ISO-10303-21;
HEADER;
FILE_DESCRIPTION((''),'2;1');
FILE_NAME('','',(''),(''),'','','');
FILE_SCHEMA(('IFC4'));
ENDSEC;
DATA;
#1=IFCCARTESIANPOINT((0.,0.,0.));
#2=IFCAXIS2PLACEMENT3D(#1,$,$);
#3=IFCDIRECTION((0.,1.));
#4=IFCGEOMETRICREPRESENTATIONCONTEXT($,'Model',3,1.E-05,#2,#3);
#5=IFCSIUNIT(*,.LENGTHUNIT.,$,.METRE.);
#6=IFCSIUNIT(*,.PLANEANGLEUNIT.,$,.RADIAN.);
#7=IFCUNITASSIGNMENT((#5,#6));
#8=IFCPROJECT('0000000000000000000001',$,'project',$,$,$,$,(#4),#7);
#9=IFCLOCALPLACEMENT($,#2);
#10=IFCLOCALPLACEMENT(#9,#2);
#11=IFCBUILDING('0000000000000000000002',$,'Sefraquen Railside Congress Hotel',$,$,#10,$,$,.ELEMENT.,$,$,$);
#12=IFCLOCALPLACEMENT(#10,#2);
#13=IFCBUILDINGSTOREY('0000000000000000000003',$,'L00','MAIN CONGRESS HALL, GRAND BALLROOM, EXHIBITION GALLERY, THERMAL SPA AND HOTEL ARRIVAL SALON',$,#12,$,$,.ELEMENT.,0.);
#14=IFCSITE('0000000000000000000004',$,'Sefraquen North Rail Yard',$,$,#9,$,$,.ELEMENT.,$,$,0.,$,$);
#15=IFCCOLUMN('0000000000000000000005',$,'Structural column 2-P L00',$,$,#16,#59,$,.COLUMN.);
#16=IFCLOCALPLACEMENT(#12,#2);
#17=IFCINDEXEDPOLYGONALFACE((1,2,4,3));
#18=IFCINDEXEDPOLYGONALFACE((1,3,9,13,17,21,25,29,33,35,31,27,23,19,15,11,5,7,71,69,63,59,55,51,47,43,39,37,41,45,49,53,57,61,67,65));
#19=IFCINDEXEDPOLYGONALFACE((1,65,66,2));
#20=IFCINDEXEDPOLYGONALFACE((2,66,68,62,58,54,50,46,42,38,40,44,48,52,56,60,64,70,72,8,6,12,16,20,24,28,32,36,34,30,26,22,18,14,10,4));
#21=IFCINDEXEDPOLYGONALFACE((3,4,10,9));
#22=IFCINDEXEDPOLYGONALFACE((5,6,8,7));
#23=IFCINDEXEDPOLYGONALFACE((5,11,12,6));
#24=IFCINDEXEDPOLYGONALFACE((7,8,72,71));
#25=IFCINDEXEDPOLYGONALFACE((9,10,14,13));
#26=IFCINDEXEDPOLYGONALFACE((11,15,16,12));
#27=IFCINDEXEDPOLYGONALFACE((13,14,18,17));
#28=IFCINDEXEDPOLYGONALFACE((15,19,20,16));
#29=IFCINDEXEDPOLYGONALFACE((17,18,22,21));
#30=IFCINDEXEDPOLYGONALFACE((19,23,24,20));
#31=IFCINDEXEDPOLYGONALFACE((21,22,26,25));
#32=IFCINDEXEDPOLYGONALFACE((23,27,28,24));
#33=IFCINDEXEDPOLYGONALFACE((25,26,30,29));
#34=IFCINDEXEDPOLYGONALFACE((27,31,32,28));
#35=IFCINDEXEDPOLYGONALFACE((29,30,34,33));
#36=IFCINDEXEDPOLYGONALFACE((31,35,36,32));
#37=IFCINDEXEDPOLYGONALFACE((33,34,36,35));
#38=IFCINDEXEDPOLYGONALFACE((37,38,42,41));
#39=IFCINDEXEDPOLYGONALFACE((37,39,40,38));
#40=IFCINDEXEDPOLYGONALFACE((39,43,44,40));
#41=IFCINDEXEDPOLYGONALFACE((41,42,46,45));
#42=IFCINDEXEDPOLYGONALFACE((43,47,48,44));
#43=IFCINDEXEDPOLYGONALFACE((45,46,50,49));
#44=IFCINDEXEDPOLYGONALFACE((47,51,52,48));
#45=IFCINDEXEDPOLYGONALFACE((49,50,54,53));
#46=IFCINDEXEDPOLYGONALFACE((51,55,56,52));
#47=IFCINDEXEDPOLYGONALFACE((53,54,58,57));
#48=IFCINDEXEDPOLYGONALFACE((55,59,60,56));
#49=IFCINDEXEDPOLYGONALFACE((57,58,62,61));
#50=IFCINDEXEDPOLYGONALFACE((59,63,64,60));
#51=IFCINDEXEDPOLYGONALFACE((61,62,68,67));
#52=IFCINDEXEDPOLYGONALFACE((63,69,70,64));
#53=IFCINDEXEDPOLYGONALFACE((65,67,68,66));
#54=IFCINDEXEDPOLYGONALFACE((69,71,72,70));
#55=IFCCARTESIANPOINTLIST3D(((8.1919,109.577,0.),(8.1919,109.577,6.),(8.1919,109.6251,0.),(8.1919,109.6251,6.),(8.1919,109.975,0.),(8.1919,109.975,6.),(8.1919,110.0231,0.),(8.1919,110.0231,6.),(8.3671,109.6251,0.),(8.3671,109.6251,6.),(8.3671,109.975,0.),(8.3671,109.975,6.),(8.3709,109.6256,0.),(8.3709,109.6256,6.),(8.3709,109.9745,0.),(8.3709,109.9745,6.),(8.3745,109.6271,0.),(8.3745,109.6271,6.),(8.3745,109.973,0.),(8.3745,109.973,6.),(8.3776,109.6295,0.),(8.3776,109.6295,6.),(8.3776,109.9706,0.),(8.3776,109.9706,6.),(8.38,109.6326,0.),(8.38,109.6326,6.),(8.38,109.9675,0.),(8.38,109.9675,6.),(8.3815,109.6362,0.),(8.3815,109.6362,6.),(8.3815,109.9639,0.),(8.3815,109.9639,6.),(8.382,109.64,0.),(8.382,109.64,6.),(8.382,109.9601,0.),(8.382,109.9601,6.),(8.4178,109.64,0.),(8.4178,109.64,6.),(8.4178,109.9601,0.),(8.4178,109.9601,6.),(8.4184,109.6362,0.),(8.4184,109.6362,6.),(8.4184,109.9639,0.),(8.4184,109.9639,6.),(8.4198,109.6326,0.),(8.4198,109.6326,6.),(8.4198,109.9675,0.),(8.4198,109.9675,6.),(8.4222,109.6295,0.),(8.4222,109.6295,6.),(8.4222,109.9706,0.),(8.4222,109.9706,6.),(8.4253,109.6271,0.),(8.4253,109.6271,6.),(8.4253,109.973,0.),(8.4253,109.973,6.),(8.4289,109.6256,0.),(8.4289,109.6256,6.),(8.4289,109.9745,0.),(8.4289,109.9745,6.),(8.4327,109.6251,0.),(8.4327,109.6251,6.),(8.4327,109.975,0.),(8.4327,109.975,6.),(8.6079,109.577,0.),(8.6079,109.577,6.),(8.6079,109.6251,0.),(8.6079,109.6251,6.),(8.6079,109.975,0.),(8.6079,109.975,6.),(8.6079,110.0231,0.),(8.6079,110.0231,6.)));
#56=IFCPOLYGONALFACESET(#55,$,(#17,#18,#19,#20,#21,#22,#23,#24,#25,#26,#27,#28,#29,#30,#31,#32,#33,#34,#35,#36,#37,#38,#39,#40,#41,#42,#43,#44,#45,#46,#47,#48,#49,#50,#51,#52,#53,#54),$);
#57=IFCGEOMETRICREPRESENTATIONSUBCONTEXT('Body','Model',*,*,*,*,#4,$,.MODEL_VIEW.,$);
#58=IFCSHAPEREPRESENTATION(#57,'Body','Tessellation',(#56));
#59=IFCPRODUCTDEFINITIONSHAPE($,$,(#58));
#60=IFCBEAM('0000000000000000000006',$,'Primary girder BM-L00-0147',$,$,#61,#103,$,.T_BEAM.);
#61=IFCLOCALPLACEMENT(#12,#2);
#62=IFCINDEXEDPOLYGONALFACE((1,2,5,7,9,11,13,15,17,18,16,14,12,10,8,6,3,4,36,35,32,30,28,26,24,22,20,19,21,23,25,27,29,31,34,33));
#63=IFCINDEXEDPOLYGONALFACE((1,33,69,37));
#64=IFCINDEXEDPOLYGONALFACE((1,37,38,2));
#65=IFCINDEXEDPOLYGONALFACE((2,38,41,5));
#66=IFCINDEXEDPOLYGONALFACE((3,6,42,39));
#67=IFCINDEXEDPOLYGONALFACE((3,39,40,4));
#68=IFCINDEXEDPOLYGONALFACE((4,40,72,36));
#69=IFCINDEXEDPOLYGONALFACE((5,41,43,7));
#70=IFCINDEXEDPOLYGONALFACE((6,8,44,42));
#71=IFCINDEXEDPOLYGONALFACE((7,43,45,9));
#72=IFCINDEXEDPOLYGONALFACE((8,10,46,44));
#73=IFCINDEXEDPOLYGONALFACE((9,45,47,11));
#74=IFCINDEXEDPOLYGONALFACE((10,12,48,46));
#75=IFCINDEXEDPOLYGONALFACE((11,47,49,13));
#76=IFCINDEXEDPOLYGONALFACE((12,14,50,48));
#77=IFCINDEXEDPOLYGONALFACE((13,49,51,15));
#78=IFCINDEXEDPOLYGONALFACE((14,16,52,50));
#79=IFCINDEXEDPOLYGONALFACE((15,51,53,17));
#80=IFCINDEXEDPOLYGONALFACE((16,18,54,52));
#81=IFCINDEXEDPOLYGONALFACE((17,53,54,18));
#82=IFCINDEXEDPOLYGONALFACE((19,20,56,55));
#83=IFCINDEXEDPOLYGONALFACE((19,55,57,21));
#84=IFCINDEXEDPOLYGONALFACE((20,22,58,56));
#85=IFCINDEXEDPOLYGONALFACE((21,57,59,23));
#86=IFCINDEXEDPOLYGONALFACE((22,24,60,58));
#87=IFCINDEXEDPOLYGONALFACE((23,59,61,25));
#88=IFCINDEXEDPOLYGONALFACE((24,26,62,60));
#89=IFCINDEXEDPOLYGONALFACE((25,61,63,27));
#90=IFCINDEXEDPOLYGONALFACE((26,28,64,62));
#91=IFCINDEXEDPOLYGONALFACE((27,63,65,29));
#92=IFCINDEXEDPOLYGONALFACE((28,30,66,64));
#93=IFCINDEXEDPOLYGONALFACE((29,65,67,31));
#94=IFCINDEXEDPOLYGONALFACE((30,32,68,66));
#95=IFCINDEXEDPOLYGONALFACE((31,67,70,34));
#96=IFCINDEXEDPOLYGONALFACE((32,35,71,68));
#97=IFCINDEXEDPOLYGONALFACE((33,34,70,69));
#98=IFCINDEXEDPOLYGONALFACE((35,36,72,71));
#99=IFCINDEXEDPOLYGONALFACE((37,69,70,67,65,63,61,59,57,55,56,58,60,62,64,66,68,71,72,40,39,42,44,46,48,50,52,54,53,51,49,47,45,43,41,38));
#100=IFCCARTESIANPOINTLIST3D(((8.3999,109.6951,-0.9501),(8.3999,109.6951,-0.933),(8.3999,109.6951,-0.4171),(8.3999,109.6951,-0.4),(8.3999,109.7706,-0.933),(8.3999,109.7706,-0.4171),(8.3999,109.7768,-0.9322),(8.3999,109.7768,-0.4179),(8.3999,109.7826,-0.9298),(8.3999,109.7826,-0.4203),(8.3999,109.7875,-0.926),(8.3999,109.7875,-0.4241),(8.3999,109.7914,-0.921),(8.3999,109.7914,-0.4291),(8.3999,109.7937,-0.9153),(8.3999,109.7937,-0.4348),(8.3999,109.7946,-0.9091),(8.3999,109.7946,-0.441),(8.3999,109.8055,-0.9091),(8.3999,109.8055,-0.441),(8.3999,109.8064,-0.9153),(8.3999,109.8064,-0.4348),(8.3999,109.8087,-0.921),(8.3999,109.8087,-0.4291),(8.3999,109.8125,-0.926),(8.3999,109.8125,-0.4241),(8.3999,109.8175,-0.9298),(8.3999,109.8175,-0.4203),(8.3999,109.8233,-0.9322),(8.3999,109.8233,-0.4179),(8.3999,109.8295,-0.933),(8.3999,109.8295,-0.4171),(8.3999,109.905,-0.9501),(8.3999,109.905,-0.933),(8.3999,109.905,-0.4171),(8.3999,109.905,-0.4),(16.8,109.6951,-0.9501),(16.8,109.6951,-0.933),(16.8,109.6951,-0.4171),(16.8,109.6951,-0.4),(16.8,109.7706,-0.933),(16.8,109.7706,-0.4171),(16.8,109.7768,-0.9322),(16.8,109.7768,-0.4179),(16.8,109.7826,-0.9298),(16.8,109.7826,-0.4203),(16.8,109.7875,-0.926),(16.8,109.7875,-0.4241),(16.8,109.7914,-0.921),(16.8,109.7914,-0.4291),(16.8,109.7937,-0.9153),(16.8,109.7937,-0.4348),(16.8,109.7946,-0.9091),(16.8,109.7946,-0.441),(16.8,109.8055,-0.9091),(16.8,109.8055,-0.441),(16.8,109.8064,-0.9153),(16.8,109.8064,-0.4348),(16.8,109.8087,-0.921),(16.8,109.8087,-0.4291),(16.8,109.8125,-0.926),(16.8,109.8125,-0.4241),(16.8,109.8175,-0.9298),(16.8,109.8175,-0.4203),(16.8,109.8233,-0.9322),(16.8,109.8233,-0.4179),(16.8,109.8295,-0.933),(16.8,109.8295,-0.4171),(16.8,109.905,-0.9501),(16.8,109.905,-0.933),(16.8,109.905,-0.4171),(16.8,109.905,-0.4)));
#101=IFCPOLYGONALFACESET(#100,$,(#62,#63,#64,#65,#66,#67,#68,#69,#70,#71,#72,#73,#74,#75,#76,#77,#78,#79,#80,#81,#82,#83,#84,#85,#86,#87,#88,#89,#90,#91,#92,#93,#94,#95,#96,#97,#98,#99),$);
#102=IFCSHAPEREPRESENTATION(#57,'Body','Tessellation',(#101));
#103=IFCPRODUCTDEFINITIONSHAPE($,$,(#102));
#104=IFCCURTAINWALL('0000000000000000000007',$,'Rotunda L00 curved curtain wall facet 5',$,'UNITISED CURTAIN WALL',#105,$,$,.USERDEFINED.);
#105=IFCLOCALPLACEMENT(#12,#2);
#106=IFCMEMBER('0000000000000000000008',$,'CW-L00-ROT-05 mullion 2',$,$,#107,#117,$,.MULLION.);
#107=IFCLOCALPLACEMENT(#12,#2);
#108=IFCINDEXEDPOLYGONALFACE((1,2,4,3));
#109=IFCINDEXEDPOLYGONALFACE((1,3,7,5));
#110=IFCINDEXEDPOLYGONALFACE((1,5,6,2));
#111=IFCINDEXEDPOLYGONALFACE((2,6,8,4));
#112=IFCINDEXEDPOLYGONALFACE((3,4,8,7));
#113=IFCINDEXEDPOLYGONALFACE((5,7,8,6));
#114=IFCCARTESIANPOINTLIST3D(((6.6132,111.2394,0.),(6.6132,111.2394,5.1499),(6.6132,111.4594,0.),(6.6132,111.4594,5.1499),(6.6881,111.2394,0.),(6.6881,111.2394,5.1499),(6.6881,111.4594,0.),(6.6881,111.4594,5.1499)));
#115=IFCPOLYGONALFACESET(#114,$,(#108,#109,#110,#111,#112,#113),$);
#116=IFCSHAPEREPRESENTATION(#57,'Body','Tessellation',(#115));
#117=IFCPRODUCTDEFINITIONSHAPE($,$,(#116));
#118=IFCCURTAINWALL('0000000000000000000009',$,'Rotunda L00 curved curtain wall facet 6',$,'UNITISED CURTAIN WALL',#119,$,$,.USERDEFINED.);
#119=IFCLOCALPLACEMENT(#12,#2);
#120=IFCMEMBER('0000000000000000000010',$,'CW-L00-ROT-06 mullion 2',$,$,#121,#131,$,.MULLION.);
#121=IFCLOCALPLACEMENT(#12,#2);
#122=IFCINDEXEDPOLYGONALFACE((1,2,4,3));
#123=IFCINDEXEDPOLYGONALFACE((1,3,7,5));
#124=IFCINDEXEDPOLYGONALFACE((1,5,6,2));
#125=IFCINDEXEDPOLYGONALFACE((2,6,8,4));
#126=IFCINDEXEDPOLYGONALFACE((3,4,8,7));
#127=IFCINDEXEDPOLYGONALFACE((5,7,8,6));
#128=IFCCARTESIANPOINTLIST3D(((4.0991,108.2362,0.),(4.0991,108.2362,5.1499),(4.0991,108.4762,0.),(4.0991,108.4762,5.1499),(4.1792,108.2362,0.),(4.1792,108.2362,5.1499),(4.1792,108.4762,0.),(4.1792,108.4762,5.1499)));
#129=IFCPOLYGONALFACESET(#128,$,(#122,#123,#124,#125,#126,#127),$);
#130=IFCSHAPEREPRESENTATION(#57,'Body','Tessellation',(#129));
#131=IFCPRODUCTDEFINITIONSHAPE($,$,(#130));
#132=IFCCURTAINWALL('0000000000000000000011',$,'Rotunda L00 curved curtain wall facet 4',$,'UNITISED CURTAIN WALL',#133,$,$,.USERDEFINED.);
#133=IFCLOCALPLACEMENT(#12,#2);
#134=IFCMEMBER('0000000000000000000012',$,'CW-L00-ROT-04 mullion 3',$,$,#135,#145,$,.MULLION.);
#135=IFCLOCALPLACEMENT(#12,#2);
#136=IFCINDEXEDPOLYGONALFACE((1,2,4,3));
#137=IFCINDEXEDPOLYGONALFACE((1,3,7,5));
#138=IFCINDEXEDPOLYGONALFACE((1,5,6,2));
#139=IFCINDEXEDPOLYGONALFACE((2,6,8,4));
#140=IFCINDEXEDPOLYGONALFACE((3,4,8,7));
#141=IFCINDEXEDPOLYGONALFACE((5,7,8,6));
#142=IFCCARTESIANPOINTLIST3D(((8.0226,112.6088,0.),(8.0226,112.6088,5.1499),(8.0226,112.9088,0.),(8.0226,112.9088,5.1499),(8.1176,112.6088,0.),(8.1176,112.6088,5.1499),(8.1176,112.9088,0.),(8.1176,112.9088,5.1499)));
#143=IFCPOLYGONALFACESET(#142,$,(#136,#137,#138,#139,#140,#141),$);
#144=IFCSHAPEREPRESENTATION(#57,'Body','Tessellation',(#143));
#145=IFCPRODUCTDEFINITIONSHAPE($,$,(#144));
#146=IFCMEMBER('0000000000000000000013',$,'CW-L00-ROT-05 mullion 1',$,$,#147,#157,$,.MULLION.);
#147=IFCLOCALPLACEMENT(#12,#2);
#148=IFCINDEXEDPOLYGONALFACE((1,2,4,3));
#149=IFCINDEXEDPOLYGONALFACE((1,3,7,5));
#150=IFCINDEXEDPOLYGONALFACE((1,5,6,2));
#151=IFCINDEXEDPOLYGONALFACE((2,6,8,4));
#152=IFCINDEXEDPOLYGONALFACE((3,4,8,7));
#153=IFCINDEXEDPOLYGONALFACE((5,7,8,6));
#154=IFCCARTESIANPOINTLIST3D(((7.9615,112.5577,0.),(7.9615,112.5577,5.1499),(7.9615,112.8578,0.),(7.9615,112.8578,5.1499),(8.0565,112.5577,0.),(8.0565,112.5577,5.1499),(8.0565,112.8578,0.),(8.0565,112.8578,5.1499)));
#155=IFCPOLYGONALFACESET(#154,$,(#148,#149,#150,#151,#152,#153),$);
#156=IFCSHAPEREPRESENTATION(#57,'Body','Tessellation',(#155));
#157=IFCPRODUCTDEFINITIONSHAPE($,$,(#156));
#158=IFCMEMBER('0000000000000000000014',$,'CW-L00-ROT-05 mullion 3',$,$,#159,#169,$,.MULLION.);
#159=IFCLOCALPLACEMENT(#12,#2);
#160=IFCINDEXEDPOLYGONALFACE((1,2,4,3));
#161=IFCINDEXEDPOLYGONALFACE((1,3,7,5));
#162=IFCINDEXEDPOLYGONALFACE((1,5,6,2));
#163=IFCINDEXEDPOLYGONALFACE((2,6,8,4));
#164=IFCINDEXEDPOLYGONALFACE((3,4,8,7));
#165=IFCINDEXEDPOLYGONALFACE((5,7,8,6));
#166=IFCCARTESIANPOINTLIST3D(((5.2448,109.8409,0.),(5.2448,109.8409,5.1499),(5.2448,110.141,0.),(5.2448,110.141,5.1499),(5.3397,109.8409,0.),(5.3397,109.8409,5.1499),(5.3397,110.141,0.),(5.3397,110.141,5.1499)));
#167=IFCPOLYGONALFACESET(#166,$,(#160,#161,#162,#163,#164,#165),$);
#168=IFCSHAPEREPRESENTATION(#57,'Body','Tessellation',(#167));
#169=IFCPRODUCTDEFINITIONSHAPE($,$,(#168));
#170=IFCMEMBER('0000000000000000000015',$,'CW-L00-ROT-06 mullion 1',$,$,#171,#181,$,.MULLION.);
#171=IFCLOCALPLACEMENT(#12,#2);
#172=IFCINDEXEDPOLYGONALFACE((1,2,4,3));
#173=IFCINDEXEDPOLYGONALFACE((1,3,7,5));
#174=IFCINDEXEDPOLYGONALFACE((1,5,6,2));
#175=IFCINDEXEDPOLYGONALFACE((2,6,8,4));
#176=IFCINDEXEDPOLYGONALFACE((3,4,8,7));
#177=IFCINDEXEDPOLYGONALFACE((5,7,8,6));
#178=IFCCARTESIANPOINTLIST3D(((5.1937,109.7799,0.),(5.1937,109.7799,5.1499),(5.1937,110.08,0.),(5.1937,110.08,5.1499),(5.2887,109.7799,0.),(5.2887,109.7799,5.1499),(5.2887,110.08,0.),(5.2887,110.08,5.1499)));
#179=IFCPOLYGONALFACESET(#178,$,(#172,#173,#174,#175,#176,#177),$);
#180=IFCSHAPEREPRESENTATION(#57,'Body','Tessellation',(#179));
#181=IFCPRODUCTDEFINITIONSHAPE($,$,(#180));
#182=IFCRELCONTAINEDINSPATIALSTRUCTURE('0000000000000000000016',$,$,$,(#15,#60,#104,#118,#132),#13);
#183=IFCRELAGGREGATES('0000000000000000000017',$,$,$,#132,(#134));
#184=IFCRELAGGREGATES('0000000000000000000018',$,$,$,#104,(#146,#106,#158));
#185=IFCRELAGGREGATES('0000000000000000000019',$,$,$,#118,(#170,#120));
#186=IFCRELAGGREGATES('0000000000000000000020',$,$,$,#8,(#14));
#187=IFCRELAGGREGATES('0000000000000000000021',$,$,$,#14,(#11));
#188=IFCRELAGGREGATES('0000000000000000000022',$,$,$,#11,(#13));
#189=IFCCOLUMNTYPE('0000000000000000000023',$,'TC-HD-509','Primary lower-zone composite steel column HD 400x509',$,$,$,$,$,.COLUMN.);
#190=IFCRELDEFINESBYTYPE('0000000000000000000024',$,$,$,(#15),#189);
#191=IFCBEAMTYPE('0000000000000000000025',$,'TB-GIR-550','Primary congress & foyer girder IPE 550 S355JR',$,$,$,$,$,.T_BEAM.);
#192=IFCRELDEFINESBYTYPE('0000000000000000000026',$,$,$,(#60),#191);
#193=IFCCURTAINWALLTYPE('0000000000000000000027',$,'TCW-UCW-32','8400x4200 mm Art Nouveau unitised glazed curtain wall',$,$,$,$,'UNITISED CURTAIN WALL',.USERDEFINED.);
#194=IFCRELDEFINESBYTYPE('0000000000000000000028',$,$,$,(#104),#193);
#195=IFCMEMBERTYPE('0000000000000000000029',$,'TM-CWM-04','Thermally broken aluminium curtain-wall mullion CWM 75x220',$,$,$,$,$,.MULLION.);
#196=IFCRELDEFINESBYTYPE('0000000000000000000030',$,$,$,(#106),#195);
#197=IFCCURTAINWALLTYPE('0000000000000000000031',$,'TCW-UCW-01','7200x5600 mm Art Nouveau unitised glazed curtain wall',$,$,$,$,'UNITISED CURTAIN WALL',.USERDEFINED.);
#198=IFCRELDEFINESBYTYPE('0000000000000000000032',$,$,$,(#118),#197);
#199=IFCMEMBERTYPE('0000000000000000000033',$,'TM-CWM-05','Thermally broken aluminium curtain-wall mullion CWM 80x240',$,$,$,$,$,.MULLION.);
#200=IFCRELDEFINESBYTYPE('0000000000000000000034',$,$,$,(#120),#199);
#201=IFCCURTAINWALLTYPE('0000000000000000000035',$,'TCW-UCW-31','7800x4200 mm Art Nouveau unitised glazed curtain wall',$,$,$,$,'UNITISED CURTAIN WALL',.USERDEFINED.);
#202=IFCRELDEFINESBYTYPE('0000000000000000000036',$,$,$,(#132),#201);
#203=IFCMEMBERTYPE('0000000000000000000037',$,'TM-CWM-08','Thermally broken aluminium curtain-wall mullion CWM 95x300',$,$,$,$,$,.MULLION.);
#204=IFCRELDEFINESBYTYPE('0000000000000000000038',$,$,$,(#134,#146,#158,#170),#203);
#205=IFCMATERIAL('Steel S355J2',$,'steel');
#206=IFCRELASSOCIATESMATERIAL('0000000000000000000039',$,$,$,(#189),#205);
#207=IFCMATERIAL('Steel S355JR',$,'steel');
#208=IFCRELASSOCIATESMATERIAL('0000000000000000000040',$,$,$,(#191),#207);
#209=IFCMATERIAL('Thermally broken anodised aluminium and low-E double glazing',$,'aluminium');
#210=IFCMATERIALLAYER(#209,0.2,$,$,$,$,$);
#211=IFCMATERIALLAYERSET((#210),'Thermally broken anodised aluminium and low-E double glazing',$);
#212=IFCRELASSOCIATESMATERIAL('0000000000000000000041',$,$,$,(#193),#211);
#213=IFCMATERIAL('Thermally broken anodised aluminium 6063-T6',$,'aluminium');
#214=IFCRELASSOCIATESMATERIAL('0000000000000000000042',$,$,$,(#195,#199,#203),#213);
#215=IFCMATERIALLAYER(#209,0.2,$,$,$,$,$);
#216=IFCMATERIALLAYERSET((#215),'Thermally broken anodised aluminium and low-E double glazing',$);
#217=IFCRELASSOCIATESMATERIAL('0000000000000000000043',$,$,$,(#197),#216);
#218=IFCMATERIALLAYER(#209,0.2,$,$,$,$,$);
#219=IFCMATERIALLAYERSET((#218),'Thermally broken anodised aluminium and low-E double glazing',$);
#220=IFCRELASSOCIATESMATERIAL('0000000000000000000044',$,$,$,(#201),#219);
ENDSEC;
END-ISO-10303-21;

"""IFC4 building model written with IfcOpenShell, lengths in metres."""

from ifc_helpers import new_model, si_unit, direction, frame, origin, origin_2d, place, context, subcontext, project, spatial, rectangle, i_section, extrude, material, layer, layer_set, material_profile, profile_set, type_object, element, aggregate, save


model = new_model("IFC4")

# Units and contexts
model_context = context("Model", 3, precision=1e-05, world=origin(), true_north=direction((0.0, 1.0)))
body_context = subcontext(model_context, "Body", "Model", "MODEL_VIEW")
ifc_project = project(units=[si_unit("LENGTHUNIT", "METRE"), si_unit("PLANEANGLEUNIT", "RADIAN")], contexts=[model_context])

# Site, building, storey
site_placement = place(None, origin())
site = spatial("IfcSite", under=ifc_project, at=site_placement, Name="Sefraquen North Rail Yard", CompositionType="ELEMENT", RefElevation=0.0)
building_placement = place(site_placement, origin())
building = spatial("IfcBuilding", under=site, at=building_placement, Name="Sefraquen Railside Congress Hotel", CompositionType="ELEMENT")
storey_placement = place(building_placement, origin())
storey = spatial("IfcBuildingStorey", under=building, at=storey_placement, Name="L00", Description="MAIN CONGRESS HALL, GRAND BALLROOM, EXHIBITION GALLERY, THERMAL SPA AND HOTEL ARRIVAL SALON", CompositionType="ELEMENT", Elevation=0.0)

# Column
ifc_material_1 = material(Name="Steel S355J2", Category="steel")
ifc_material_profile_1 = material_profile(ifc_material_1, i_section(OverallWidth=0.416, OverallDepth=0.446, WebThickness=0.0359, FlangeThickness=0.0481, FilletRadius=0.0149, at=origin_2d()), Name="HD 400x509")
ifc_profile_set_1 = profile_set([ifc_material_profile_1], Name="Steel S355J2")
column_type = type_object("IfcColumnType", Name="TC-HD-509", Description="Primary lower-zone composite steel column HD 400x509", PredefinedType="COLUMN", material=ifc_profile_set_1)
column_placement = place(storey_placement, frame((8.3999, 109.8, 0.0), z_axis=(0.0, 0.0, 1.0), x_axis=(1.0, 0.0, 0.0)))
element("IfcColumn", 1, at=column_placement, inside=storey, type_object=column_type, Name="Structural column 2-P L00", PredefinedType="COLUMN", context=body_context, shape_type="SweptSolid", body=[
    extrude(i_section(OverallWidth=0.416, OverallDepth=0.446, WebThickness=0.0359, FlangeThickness=0.0481, FilletRadius=0.0149, at=origin_2d()), origin(), (0.0, 0.0, 1.0), 6.0),
])

# Beam
ifc_material_2 = material(Name="Steel S355JR", Category="steel")
ifc_material_profile_2 = material_profile(ifc_material_2, i_section(OverallWidth=0.21, OverallDepth=0.55, WebThickness=0.011, FlangeThickness=0.0171, FilletRadius=0.0239, at=origin_2d()), Name="IPE 550")
ifc_profile_set_2 = profile_set([ifc_material_profile_2], Name="Steel S355JR")
beam_type = type_object("IfcBeamType", Name="TB-GIR-550", Description="Primary congress & foyer girder IPE 550 S355JR", PredefinedType="T_BEAM", material=ifc_profile_set_2)
beam_placement = place(storey_placement, frame((8.3999, 109.8, -0.675), z_axis=(1.0, 0.0, 0.0), x_axis=(0.0, 1.0, 0.0)))
element("IfcBeam", 2, at=beam_placement, inside=storey, type_object=beam_type, Name="Primary girder BM-L00-0147", PredefinedType="T_BEAM", context=body_context, shape_type="SweptSolid", body=[
    extrude(i_section(OverallWidth=0.21, OverallDepth=0.55, WebThickness=0.011, FlangeThickness=0.0171, FilletRadius=0.0239, at=origin_2d()), origin(), (0.0, 0.0, 1.0), 8.4001),
])

# Curtain walls, members
ifc_material_3 = material(Name="Thermally broken anodised aluminium and low-E double glazing", Category="aluminium")
ifc_layer_1 = layer(ifc_material_3, 0.2)
ifc_layer_set_1 = layer_set([ifc_layer_1], Name="Thermally broken anodised aluminium and low-E double glazing")
curtain_wall_type_1 = type_object("IfcCurtainWallType", Name="TCW-UCW-32", Description="8400x4200 mm Art Nouveau unitised glazed curtain wall", ElementType="UNITISED CURTAIN WALL", PredefinedType="USERDEFINED", material=ifc_layer_set_1)
curtain_wall_1_placement = place(storey_placement, origin())
curtain_wall_1 = element("IfcCurtainWall", 3, at=curtain_wall_1_placement, inside=storey, type_object=curtain_wall_type_1, Name="Rotunda L00 curved curtain wall facet 5", ObjectType="UNITISED CURTAIN WALL", PredefinedType="USERDEFINED")
ifc_material_4 = material(Name="Thermally broken anodised aluminium 6063-T6", Category="aluminium")
ifc_material_profile_3 = material_profile(ifc_material_4, rectangle(XDim=0.075, YDim=0.22, at=origin_2d()), Name="CWM 75x220")
ifc_profile_set_3 = profile_set([ifc_material_profile_3], Name="Thermally broken anodised aluminium 6063-T6")
member_type_1 = type_object("IfcMemberType", Name="TM-CWM-04", Description="Thermally broken aluminium curtain-wall mullion CWM 75x220", PredefinedType="MULLION", material=ifc_profile_set_3)
member_1_placement = place(storey_placement, frame((6.6506, 111.3494, 0.0), z_axis=(0.0, 0.0, 1.0), x_axis=(1.0, 0.0, 0.0)))
member_1 = element("IfcMember", 4, at=member_1_placement, type_object=member_type_1, Name="CW-L00-ROT-05 mullion 2", PredefinedType="MULLION", context=body_context, shape_type="SweptSolid", body=[
    extrude(rectangle(XDim=0.075, YDim=0.22, at=origin_2d()), origin(), (0.0, 0.0, 1.0), 5.1499),
])
ifc_layer_2 = layer(ifc_material_3, 0.2)
ifc_layer_set_2 = layer_set([ifc_layer_2], Name="Thermally broken anodised aluminium and low-E double glazing")
curtain_wall_type_2 = type_object("IfcCurtainWallType", Name="TCW-UCW-01", Description="7200x5600 mm Art Nouveau unitised glazed curtain wall", ElementType="UNITISED CURTAIN WALL", PredefinedType="USERDEFINED", material=ifc_layer_set_2)
curtain_wall_2_placement = place(storey_placement, origin())
curtain_wall_2 = element("IfcCurtainWall", 5, at=curtain_wall_2_placement, inside=storey, type_object=curtain_wall_type_2, Name="Rotunda L00 curved curtain wall facet 6", ObjectType="UNITISED CURTAIN WALL", PredefinedType="USERDEFINED")
ifc_material_profile_4 = material_profile(ifc_material_4, rectangle(XDim=0.0801, YDim=0.24, at=origin_2d()), Name="CWM 80x240")
ifc_profile_set_4 = profile_set([ifc_material_profile_4], Name="Thermally broken anodised aluminium 6063-T6")
member_type_2 = type_object("IfcMemberType", Name="TM-CWM-05", Description="Thermally broken aluminium curtain-wall mullion CWM 80x240", PredefinedType="MULLION", material=ifc_profile_set_4)
member_2_placement = place(storey_placement, frame((4.1392, 108.3562, 0.0), z_axis=(0.0, 0.0, 1.0), x_axis=(1.0, 0.0, 0.0)))
member_2 = element("IfcMember", 6, at=member_2_placement, type_object=member_type_2, Name="CW-L00-ROT-06 mullion 2", PredefinedType="MULLION", context=body_context, shape_type="SweptSolid", body=[
    extrude(rectangle(XDim=0.0801, YDim=0.24, at=origin_2d()), origin(), (0.0, 0.0, 1.0), 5.1499),
])
ifc_layer_3 = layer(ifc_material_3, 0.2)
ifc_layer_set_3 = layer_set([ifc_layer_3], Name="Thermally broken anodised aluminium and low-E double glazing")
curtain_wall_type_3 = type_object("IfcCurtainWallType", Name="TCW-UCW-31", Description="7800x4200 mm Art Nouveau unitised glazed curtain wall", ElementType="UNITISED CURTAIN WALL", PredefinedType="USERDEFINED", material=ifc_layer_set_3)
curtain_wall_3_placement = place(storey_placement, origin())
curtain_wall_3 = element("IfcCurtainWall", 7, at=curtain_wall_3_placement, inside=storey, type_object=curtain_wall_type_3, Name="Rotunda L00 curved curtain wall facet 4", ObjectType="UNITISED CURTAIN WALL", PredefinedType="USERDEFINED")
ifc_material_profile_5 = material_profile(ifc_material_4, rectangle(XDim=0.095, YDim=0.3, at=origin_2d()), Name="CWM 95x300")
ifc_profile_set_5 = profile_set([ifc_material_profile_5], Name="Thermally broken anodised aluminium 6063-T6")
member_type_3 = type_object("IfcMemberType", Name="TM-CWM-08", Description="Thermally broken aluminium curtain-wall mullion CWM 95x300", PredefinedType="MULLION", material=ifc_profile_set_5)
member_3_placement = place(storey_placement, frame((8.0701, 112.7588, 0.0), z_axis=(0.0, 0.0, 1.0), x_axis=(1.0, 0.0, 0.0)))
member_3 = element("IfcMember", 8, at=member_3_placement, type_object=member_type_3, Name="CW-L00-ROT-04 mullion 3", PredefinedType="MULLION", context=body_context, shape_type="SweptSolid", body=[
    extrude(rectangle(XDim=0.095, YDim=0.3, at=origin_2d()), origin(), (0.0, 0.0, 1.0), 5.1499),
])

# Members
member_4_placement = place(storey_placement, frame((8.009, 112.7078, 0.0), z_axis=(0.0, 0.0, 1.0), x_axis=(1.0, 0.0, 0.0)))
member_4 = element("IfcMember", 9, at=member_4_placement, type_object=member_type_3, Name="CW-L00-ROT-05 mullion 1", PredefinedType="MULLION", context=body_context, shape_type="SweptSolid", body=[
    extrude(rectangle(XDim=0.095, YDim=0.3, at=origin_2d()), origin(), (0.0, 0.0, 1.0), 5.1499),
])
member_5_placement = place(storey_placement, frame((5.2922, 109.991, 0.0), z_axis=(0.0, 0.0, 1.0), x_axis=(1.0, 0.0, 0.0)))
member_5 = element("IfcMember", 10, at=member_5_placement, type_object=member_type_3, Name="CW-L00-ROT-05 mullion 3", PredefinedType="MULLION", context=body_context, shape_type="SweptSolid", body=[
    extrude(rectangle(XDim=0.095, YDim=0.3, at=origin_2d()), origin(), (0.0, 0.0, 1.0), 5.1499),
])
member_6_placement = place(storey_placement, frame((5.2412, 109.9299, 0.0), z_axis=(0.0, 0.0, 1.0), x_axis=(1.0, 0.0, 0.0)))
member_6 = element("IfcMember", 11, at=member_6_placement, type_object=member_type_3, Name="CW-L00-ROT-06 mullion 1", PredefinedType="MULLION", context=body_context, shape_type="SweptSolid", body=[
    extrude(rectangle(XDim=0.095, YDim=0.3, at=origin_2d()), origin(), (0.0, 0.0, 1.0), 5.1499),
])

aggregate(curtain_wall_3, [member_3])
aggregate(curtain_wall_1, [member_4, member_1, member_5])
aggregate(curtain_wall_2, [member_6, member_2])

save(model, "model.ifc")
